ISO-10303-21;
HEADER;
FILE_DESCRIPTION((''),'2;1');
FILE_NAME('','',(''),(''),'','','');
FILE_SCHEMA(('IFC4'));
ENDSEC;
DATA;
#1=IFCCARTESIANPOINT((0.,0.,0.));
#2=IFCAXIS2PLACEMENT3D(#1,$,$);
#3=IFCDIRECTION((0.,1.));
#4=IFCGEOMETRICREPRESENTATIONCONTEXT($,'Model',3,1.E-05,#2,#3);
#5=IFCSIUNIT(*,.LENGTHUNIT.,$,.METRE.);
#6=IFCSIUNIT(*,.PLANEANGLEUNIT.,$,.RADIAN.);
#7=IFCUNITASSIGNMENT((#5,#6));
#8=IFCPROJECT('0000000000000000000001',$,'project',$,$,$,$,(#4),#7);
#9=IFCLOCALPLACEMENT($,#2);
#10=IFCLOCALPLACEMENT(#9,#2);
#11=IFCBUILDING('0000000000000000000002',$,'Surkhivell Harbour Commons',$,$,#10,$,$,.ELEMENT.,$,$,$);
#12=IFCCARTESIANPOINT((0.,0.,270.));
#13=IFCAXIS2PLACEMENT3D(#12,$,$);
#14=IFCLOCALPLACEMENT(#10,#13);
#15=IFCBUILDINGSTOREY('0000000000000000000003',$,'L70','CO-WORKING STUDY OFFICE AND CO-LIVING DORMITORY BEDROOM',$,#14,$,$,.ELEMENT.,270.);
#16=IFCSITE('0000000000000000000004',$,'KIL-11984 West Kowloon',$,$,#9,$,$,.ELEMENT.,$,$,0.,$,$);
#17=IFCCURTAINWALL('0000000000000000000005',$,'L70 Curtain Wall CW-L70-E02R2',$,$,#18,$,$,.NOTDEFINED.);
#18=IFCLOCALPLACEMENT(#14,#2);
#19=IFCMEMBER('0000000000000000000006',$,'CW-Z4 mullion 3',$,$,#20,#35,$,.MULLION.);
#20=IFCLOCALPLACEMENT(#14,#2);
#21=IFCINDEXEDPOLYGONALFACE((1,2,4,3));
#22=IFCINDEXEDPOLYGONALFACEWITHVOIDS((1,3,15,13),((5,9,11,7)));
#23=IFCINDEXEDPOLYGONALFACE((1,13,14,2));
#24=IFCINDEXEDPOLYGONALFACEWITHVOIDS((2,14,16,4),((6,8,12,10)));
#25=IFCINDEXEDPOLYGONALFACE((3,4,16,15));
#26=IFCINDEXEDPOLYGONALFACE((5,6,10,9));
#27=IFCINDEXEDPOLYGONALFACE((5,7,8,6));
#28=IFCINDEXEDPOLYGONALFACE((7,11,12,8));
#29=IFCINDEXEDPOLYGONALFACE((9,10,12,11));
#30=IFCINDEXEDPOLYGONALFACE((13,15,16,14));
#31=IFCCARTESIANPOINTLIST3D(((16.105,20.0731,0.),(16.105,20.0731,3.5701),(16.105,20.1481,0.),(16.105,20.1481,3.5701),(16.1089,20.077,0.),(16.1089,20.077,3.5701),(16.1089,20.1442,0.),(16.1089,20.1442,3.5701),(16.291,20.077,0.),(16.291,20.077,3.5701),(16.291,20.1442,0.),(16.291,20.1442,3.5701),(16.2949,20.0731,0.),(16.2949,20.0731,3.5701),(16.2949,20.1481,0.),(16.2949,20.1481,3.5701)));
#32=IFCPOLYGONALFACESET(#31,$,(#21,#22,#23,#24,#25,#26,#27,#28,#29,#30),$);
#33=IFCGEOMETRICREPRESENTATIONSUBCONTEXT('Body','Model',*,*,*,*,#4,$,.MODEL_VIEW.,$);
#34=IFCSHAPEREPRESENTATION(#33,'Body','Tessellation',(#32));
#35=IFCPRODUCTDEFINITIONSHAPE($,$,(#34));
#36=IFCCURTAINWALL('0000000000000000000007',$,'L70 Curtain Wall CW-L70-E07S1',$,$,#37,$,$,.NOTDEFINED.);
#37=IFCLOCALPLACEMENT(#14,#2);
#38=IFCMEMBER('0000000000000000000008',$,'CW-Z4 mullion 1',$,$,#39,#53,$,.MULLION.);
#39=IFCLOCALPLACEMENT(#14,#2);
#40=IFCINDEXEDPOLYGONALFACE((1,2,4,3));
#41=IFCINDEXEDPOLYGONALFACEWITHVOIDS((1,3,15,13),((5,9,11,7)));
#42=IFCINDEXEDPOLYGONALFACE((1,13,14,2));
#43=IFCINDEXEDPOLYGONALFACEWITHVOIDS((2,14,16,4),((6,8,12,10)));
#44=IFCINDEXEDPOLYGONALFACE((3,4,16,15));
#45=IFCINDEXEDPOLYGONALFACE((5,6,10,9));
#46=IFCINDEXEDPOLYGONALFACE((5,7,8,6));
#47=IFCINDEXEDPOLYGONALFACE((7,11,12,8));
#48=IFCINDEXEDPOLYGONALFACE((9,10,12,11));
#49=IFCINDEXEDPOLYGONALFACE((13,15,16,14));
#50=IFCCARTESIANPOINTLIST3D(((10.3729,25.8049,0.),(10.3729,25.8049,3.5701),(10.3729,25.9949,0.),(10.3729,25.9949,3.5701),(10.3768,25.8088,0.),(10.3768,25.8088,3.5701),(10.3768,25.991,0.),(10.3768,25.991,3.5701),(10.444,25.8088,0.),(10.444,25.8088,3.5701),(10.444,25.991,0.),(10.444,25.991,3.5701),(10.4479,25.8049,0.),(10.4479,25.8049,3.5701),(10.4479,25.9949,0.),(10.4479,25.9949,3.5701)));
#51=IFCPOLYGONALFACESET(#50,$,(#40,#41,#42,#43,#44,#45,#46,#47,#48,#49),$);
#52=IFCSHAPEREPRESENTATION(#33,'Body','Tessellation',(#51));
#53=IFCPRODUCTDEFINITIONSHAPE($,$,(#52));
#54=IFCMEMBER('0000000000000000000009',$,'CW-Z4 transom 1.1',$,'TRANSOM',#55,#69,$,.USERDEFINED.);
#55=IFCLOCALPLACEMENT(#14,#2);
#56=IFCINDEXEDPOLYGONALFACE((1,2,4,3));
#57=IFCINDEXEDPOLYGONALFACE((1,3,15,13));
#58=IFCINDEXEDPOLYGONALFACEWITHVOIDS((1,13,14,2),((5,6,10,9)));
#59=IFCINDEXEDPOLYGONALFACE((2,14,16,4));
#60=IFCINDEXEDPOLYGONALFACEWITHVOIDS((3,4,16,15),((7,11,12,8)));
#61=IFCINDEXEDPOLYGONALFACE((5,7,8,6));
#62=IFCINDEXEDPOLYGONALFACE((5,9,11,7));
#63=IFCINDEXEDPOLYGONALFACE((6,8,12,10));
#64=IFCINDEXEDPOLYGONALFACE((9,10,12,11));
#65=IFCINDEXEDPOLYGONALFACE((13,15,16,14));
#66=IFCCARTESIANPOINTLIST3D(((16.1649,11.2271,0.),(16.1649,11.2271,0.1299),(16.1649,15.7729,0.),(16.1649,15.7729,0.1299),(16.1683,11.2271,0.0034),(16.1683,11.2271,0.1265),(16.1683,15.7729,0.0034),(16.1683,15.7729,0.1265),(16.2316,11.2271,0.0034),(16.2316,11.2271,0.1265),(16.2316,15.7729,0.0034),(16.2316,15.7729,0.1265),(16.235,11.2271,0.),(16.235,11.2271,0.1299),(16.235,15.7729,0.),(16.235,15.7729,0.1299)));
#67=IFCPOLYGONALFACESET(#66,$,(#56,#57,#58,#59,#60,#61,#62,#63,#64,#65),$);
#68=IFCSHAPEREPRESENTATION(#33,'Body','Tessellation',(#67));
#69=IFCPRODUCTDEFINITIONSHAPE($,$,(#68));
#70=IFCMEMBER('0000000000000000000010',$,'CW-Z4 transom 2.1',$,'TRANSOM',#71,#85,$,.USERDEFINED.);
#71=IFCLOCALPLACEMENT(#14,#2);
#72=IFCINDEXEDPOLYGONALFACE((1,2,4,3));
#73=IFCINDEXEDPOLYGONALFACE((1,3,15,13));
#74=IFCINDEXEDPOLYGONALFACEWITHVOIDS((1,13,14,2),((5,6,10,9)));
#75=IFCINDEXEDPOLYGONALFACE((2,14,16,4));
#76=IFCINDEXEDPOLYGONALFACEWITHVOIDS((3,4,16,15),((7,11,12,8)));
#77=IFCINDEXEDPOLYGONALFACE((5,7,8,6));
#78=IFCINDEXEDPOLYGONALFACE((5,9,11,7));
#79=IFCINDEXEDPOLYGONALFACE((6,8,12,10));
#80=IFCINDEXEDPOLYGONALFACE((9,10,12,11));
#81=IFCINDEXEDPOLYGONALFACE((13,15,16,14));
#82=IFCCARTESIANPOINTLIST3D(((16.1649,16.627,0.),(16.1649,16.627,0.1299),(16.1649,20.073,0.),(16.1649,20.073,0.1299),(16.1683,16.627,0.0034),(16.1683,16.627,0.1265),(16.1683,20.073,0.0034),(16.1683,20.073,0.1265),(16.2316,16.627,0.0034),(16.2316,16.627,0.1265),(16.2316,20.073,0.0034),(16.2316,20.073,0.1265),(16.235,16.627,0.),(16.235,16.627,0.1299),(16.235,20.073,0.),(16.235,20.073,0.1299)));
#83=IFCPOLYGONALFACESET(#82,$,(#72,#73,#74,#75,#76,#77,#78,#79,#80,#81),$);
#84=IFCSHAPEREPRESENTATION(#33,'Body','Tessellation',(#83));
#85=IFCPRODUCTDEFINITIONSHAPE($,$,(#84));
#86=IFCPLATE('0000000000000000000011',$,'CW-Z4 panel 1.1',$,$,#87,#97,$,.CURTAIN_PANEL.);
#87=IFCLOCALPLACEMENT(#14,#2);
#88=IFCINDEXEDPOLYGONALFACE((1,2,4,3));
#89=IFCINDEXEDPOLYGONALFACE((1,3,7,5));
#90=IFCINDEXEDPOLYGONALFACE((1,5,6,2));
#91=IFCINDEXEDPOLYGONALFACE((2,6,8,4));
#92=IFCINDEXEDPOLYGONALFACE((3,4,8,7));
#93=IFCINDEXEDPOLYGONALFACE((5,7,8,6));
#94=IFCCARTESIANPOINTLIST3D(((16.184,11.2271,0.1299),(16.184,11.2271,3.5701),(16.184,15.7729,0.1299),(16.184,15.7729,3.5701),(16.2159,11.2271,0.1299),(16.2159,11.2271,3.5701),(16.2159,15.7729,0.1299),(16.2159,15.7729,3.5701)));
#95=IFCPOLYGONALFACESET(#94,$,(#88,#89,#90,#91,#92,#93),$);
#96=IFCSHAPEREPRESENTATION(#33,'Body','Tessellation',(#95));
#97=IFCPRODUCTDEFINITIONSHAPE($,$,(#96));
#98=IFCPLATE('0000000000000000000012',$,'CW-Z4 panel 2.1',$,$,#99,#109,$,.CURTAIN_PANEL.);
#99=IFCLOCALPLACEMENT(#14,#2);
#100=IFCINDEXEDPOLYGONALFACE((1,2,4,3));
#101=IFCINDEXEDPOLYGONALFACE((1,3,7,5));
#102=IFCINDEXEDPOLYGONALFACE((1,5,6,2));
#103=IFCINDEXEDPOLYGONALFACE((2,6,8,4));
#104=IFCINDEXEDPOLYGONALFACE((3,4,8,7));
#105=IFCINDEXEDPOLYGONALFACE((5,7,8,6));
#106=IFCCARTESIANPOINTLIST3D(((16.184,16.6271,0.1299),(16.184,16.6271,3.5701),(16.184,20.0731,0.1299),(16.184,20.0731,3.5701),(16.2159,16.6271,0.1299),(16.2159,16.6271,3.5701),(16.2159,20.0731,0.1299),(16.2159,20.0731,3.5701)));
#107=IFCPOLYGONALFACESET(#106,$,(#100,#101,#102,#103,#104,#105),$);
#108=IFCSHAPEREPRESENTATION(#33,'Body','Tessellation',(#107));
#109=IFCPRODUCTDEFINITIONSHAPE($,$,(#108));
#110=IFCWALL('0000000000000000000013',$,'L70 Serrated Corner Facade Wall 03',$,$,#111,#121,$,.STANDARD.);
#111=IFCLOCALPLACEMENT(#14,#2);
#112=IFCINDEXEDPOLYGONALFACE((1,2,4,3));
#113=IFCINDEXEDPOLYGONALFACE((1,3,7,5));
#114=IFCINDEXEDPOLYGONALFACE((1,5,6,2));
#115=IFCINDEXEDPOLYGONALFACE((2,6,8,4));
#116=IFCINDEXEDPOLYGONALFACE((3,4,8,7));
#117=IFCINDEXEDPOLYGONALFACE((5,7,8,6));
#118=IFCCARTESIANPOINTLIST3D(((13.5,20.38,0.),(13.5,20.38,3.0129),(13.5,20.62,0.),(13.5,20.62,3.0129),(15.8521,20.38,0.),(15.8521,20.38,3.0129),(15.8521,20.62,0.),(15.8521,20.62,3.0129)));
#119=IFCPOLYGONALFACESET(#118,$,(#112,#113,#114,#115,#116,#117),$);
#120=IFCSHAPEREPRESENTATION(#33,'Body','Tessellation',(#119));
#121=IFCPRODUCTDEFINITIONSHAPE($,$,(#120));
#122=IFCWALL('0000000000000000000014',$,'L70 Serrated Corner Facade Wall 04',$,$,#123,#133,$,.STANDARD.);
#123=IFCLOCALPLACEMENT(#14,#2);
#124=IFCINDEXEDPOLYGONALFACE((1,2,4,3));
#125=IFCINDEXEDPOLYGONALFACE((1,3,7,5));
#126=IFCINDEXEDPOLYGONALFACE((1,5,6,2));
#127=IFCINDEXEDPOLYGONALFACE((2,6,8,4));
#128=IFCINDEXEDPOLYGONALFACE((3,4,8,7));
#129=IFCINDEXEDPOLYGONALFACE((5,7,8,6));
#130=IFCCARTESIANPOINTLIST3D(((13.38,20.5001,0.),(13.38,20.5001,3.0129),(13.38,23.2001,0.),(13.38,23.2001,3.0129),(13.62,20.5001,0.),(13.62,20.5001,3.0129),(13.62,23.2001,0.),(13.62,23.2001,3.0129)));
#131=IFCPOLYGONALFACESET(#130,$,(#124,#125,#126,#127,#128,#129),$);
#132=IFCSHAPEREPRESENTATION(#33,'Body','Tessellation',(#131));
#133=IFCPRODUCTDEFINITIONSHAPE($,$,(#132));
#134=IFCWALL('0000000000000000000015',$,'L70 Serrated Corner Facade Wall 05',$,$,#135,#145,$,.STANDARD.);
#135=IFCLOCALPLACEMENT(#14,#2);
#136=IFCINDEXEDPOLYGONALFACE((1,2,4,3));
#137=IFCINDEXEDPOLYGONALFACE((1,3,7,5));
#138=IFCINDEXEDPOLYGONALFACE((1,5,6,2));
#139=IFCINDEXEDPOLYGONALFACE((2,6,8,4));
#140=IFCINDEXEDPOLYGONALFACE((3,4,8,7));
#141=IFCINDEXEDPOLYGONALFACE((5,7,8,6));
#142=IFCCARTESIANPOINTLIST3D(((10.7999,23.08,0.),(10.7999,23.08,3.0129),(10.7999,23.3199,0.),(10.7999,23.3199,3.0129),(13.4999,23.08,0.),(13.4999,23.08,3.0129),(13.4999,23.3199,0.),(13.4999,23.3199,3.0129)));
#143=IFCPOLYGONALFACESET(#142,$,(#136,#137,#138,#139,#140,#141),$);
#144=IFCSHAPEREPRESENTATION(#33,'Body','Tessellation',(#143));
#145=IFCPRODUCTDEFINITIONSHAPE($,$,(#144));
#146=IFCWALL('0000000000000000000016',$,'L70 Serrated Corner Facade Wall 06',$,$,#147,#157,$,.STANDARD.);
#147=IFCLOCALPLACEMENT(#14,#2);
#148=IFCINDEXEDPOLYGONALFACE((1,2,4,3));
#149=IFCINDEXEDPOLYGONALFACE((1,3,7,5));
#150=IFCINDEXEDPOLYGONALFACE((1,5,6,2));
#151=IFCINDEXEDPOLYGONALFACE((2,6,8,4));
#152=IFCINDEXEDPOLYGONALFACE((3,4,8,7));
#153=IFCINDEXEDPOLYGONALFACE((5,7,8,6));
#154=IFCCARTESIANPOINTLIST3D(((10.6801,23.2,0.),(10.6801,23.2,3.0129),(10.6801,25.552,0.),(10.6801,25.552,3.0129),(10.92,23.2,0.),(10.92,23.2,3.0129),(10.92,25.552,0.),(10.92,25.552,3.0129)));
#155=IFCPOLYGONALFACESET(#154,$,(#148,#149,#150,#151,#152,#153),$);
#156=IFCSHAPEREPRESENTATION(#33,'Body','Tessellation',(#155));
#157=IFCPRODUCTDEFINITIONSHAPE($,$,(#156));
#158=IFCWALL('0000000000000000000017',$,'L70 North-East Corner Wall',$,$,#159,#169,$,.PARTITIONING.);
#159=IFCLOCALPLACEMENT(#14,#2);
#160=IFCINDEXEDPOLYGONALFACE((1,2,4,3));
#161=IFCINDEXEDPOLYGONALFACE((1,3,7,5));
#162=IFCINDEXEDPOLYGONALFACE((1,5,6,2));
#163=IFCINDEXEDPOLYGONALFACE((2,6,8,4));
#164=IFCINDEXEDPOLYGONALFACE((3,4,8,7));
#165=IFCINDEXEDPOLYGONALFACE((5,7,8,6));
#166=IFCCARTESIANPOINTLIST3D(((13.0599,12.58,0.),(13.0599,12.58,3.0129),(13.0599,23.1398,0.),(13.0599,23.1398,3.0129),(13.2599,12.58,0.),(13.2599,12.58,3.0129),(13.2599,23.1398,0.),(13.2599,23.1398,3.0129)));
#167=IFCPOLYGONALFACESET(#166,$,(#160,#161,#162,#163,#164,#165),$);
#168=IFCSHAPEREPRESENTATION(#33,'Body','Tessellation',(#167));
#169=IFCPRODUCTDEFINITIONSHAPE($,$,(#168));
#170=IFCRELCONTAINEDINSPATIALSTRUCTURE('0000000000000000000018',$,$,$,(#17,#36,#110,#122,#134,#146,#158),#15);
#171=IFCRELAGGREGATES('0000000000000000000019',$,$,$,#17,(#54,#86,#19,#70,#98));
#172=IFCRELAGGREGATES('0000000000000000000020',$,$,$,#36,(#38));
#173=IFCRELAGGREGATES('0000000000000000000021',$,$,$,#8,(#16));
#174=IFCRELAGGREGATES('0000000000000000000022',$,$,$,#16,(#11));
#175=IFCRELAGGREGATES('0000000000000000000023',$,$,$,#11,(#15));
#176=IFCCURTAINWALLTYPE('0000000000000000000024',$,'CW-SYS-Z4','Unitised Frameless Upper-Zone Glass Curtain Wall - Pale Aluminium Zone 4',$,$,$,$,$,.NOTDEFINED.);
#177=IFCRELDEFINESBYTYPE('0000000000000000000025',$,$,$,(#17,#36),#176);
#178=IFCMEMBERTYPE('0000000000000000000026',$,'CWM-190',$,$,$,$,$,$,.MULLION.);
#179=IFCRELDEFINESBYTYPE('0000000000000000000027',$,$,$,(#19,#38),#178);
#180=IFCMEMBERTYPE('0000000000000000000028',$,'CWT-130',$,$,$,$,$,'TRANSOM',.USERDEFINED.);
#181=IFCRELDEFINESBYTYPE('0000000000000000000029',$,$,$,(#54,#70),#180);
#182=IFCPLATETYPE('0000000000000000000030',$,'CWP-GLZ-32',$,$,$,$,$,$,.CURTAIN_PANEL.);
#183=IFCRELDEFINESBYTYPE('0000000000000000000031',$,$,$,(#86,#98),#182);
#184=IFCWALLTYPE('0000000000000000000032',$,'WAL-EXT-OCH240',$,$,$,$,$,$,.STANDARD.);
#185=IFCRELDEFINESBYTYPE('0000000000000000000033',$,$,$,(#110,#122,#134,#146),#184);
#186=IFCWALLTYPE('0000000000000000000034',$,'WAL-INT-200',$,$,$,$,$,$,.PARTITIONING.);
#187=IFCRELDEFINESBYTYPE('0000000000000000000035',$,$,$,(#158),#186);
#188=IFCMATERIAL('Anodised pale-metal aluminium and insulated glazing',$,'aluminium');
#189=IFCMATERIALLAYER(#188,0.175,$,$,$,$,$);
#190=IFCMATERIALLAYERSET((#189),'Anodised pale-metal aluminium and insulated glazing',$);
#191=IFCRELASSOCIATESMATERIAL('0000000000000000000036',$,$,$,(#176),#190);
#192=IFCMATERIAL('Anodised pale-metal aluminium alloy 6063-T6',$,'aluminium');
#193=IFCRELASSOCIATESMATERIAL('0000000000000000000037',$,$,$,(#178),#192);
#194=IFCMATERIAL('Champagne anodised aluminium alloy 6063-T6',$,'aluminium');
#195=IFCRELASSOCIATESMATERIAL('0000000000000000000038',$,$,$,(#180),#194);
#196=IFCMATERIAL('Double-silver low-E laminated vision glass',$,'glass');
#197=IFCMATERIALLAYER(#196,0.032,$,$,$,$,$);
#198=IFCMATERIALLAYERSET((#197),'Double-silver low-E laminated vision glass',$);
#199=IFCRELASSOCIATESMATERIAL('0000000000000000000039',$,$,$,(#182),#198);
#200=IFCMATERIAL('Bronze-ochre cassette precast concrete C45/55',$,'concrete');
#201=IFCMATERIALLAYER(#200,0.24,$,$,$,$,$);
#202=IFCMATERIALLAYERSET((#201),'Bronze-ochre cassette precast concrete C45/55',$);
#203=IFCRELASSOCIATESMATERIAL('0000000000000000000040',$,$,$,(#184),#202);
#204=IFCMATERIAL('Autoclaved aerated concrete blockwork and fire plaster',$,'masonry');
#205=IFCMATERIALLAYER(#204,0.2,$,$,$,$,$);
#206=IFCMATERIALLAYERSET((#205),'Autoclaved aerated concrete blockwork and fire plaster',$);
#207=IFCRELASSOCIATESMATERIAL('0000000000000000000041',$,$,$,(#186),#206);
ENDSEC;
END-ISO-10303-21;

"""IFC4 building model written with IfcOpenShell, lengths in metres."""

from ifc_helpers import new_model, si_unit, direction, frame, frame_2d, origin, origin_2d, place, context, subcontext, project, spatial, rectangle, hollow_rectangle, extrude, material, layer, layer_set, material_profile, profile_set, type_object, element, aggregate, save


model = new_model("IFC4")

# Units and contexts
model_context = context("Model", 3, precision=1e-05, world=origin(), true_north=direction((0.0, 1.0)))
body_context = subcontext(model_context, "Body", "Model", "MODEL_VIEW")
ifc_project = project(units=[si_unit("LENGTHUNIT", "METRE"), si_unit("PLANEANGLEUNIT", "RADIAN")], contexts=[model_context])

# Site, building, storey
site_placement = place(None, origin())
site = spatial("IfcSite", under=ifc_project, at=site_placement, Name="KIL-11984 West Kowloon", CompositionType="ELEMENT", RefElevation=0.0)
building_placement = place(site_placement, origin())
building = spatial("IfcBuilding", under=site, at=building_placement, Name="Surkhivell Harbour Commons", CompositionType="ELEMENT")
storey_placement = place(building_placement, frame((0.0, 0.0, 270.0)))
storey = spatial("IfcBuildingStorey", under=building, at=storey_placement, Name="L70", Description="CO-WORKING STUDY OFFICE AND CO-LIVING DORMITORY BEDROOM", CompositionType="ELEMENT", Elevation=270.0)

# Curtain wall, member
ifc_material_1 = material(Name="Anodised pale-metal aluminium and insulated glazing", Category="aluminium")
ifc_layer_1 = layer(ifc_material_1, 0.175)
ifc_layer_set_1 = layer_set([ifc_layer_1], Name="Anodised pale-metal aluminium and insulated glazing")
curtain_wall_type = type_object("IfcCurtainWallType", Name="CW-SYS-Z4", Description="Unitised Frameless Upper-Zone Glass Curtain Wall - Pale Aluminium Zone 4", PredefinedType="NOTDEFINED", material=ifc_layer_set_1)
curtain_wall_1_placement = place(storey_placement, origin())
curtain_wall_1 = element("IfcCurtainWall", 1, at=curtain_wall_1_placement, inside=storey, type_object=curtain_wall_type, Name="L70 Curtain Wall CW-L70-E02R2", PredefinedType="NOTDEFINED")
ifc_material_2 = material(Name="Anodised pale-metal aluminium alloy 6063-T6", Category="aluminium")
ifc_material_profile_1 = material_profile(ifc_material_2, hollow_rectangle(XDim=0.075, YDim=0.1899, WallThickness=0.0039, at=origin_2d()), Name="ALU-MULL-75x190")
ifc_profile_set_1 = profile_set([ifc_material_profile_1], Name="Anodised pale-metal aluminium alloy 6063-T6")
member_type_1 = type_object("IfcMemberType", Name="CWM-190", PredefinedType="MULLION", material=ifc_profile_set_1)
member_1_placement = place(storey_placement, frame((16.2, 20.1106, 0.0), z_axis=(0.0, 0.0, 1.0), x_axis=(0.0, 1.0, 0.0)))
member_1 = element("IfcMember", 2, at=member_1_placement, type_object=member_type_1, Name="CW-Z4 mullion 3", PredefinedType="MULLION", context=body_context, shape_type="SweptSolid", body=[
    extrude(hollow_rectangle(XDim=0.075, YDim=0.1899, WallThickness=0.0039, at=origin_2d()), origin(), (0.0, 0.0, 1.0), 3.5701),
])

# Curtain wall, member
curtain_wall_2_placement = place(storey_placement, origin())
curtain_wall_2 = element("IfcCurtainWall", 3, at=curtain_wall_2_placement, inside=storey, type_object=curtain_wall_type, Name="L70 Curtain Wall CW-L70-E07S1", PredefinedType="NOTDEFINED")
member_2_placement = place(storey_placement, frame((10.4104, 25.8999, 0.0), z_axis=(0.0, 0.0, 1.0), x_axis=(-1.0, 0.0, 0.0)))
member_2 = element("IfcMember", 4, at=member_2_placement, type_object=member_type_1, Name="CW-Z4 mullion 1", PredefinedType="MULLION", context=body_context, shape_type="SweptSolid", body=[
    extrude(hollow_rectangle(XDim=0.075, YDim=0.1899, WallThickness=0.0039, at=origin_2d()), origin(), (0.0, 0.0, 1.0), 3.5701),
])

# Members
ifc_material_3 = material(Name="Champagne anodised aluminium alloy 6063-T6", Category="aluminium")
ifc_material_profile_2 = material_profile(ifc_material_3, hollow_rectangle(XDim=0.0701, YDim=0.1299, WallThickness=0.0034, at=origin_2d()), Name="ALU-TRAN-70x130")
ifc_profile_set_2 = profile_set([ifc_material_profile_2], Name="Champagne anodised aluminium alloy 6063-T6")
member_type_2 = type_object("IfcMemberType", Name="CWT-130", ElementType="TRANSOM", PredefinedType="USERDEFINED", material=ifc_profile_set_2)
member_3_placement = place(storey_placement, frame((16.2, 11.2271, 0.0649), z_axis=(0.0, 1.0, 0.0), x_axis=(-1.0, 0.0, 0.0)))
member_3 = element("IfcMember", 5, at=member_3_placement, type_object=member_type_2, Name="CW-Z4 transom 1.1", ObjectType="TRANSOM", PredefinedType="USERDEFINED", context=body_context, shape_type="SweptSolid", body=[
    extrude(hollow_rectangle(XDim=0.0701, YDim=0.1299, WallThickness=0.0034, at=origin_2d()), origin(), (0.0, 0.0, 1.0), 4.5459),
])
member_4_placement = place(storey_placement, frame((16.2, 16.627, 0.0649), z_axis=(0.0, 1.0, 0.0), x_axis=(-1.0, 0.0, 0.0)))
member_4 = element("IfcMember", 6, at=member_4_placement, type_object=member_type_2, Name="CW-Z4 transom 2.1", ObjectType="TRANSOM", PredefinedType="USERDEFINED", context=body_context, shape_type="SweptSolid", body=[
    extrude(hollow_rectangle(XDim=0.0701, YDim=0.1299, WallThickness=0.0034, at=origin_2d()), origin(), (0.0, 0.0, 1.0), 3.446),
])

# Plates
ifc_material_4 = material(Name="Double-silver low-E laminated vision glass", Category="glass")
ifc_layer_2 = layer(ifc_material_4, 0.032)
ifc_layer_set_2 = layer_set([ifc_layer_2], Name="Double-silver low-E laminated vision glass")
plate_type = type_object("IfcPlateType", Name="CWP-GLZ-32", PredefinedType="CURTAIN_PANEL", material=ifc_layer_set_2)
plate_1_placement = place(storey_placement, frame((16.2, 11.2271, 0.1299), z_axis=(0.0, 0.0, 1.0), x_axis=(0.0, 1.0, 0.0)))
plate_1 = element("IfcPlate", 7, at=plate_1_placement, type_object=plate_type, Name="CW-Z4 panel 1.1", PredefinedType="CURTAIN_PANEL", context=body_context, shape_type="SweptSolid", body=[
    extrude(rectangle(XDim=4.5459, YDim=0.032, at=frame_2d((2.2729, 0.0))), origin(), (0.0, 0.0, 1.0), 3.4402),
])
plate_2_placement = place(storey_placement, frame((16.2, 16.627, 0.1299), z_axis=(0.0, 0.0, 1.0), x_axis=(0.0, 1.0, 0.0)))
plate_2 = element("IfcPlate", 8, at=plate_2_placement, type_object=plate_type, Name="CW-Z4 panel 2.1", PredefinedType="CURTAIN_PANEL", context=body_context, shape_type="SweptSolid", body=[
    extrude(rectangle(XDim=3.446, YDim=0.032, at=frame_2d((1.7231, 0.0))), origin(), (0.0, 0.0, 1.0), 3.4402),
])
aggregate(curtain_wall_1, [member_3, plate_1, member_1, member_4, plate_2])
aggregate(curtain_wall_2, [member_2])

# Walls
ifc_material_5 = material(Name="Bronze-ochre cassette precast concrete C45/55", Category="concrete")
ifc_layer_3 = layer(ifc_material_5, 0.24)
ifc_layer_set_3 = layer_set([ifc_layer_3], Name="Bronze-ochre cassette precast concrete C45/55")
wall_type_1 = type_object("IfcWallType", Name="WAL-EXT-OCH240", PredefinedType="STANDARD", material=ifc_layer_set_3)
wall_1_placement = place(storey_placement, frame((15.8521, 20.5, 0.0), z_axis=(0.0, 0.0, 1.0), x_axis=(-1.0, 0.0, 0.0)))
element("IfcWall", 9, at=wall_1_placement, inside=storey, type_object=wall_type_1, Name="L70 Serrated Corner Facade Wall 03", PredefinedType="STANDARD", context=body_context, shape_type="SweptSolid", body=[
    extrude(rectangle(XDim=2.3521, YDim=0.24, at=frame_2d((1.176, 0.0))), origin(), (0.0, 0.0, 1.0), 3.0129),
])
for number, where, z_axis, x_axis, name in (
    (10, (13.5, 20.5, 0.0), (0.0, 0.0, 1.0), (0.0, 1.0, 0.0), "L70 Serrated Corner Facade Wall 04"),
    (11, (13.5, 23.2, 0.0), (0.0, 0.0, 1.0), (-1.0, 0.0, 0.0), "L70 Serrated Corner Facade Wall 05"),
):
    element("IfcWall", number, at=place(storey_placement, frame(where, z_axis=z_axis, x_axis=x_axis)), inside=storey, type_object=wall_type_1, Name=name, PredefinedType="STANDARD", context=body_context, shape_type="SweptSolid", body=[
        extrude(rectangle(XDim=2.7, YDim=0.24, at=frame_2d((1.3501, 0.0))), origin(), (0.0, 0.0, 1.0), 3.0129),
    ])
wall_2_placement = place(storey_placement, frame((10.8, 23.2, 0.0), z_axis=(0.0, 0.0, 1.0), x_axis=(0.0, 1.0, 0.0)))
element("IfcWall", 12, at=wall_2_placement, inside=storey, type_object=wall_type_1, Name="L70 Serrated Corner Facade Wall 06", PredefinedType="STANDARD", context=body_context, shape_type="SweptSolid", body=[
    extrude(rectangle(XDim=2.3521, YDim=0.24, at=frame_2d((1.176, 0.0))), origin(), (0.0, 0.0, 1.0), 3.0129),
])
ifc_material_6 = material(Name="Autoclaved aerated concrete blockwork and fire plaster", Category="masonry")
ifc_layer_4 = layer(ifc_material_6, 0.2)
ifc_layer_set_4 = layer_set([ifc_layer_4], Name="Autoclaved aerated concrete blockwork and fire plaster")
wall_type_2 = type_object("IfcWallType", Name="WAL-INT-200", PredefinedType="PARTITIONING", material=ifc_layer_set_4)
wall_3_placement = place(storey_placement, frame((13.1599, 12.5801, 0.0), z_axis=(0.0, 0.0, 1.0), x_axis=(0.0, 1.0, 0.0)))
element("IfcWall", 13, at=wall_3_placement, inside=storey, type_object=wall_type_2, Name="L70 North-East Corner Wall", PredefinedType="PARTITIONING", context=body_context, shape_type="SweptSolid", body=[
    extrude(rectangle(XDim=10.5598, YDim=0.2, at=frame_2d((5.2798, 0.0))), origin(), (0.0, 0.0, 1.0), 3.0129),
])

save(model, "model.ifc")
